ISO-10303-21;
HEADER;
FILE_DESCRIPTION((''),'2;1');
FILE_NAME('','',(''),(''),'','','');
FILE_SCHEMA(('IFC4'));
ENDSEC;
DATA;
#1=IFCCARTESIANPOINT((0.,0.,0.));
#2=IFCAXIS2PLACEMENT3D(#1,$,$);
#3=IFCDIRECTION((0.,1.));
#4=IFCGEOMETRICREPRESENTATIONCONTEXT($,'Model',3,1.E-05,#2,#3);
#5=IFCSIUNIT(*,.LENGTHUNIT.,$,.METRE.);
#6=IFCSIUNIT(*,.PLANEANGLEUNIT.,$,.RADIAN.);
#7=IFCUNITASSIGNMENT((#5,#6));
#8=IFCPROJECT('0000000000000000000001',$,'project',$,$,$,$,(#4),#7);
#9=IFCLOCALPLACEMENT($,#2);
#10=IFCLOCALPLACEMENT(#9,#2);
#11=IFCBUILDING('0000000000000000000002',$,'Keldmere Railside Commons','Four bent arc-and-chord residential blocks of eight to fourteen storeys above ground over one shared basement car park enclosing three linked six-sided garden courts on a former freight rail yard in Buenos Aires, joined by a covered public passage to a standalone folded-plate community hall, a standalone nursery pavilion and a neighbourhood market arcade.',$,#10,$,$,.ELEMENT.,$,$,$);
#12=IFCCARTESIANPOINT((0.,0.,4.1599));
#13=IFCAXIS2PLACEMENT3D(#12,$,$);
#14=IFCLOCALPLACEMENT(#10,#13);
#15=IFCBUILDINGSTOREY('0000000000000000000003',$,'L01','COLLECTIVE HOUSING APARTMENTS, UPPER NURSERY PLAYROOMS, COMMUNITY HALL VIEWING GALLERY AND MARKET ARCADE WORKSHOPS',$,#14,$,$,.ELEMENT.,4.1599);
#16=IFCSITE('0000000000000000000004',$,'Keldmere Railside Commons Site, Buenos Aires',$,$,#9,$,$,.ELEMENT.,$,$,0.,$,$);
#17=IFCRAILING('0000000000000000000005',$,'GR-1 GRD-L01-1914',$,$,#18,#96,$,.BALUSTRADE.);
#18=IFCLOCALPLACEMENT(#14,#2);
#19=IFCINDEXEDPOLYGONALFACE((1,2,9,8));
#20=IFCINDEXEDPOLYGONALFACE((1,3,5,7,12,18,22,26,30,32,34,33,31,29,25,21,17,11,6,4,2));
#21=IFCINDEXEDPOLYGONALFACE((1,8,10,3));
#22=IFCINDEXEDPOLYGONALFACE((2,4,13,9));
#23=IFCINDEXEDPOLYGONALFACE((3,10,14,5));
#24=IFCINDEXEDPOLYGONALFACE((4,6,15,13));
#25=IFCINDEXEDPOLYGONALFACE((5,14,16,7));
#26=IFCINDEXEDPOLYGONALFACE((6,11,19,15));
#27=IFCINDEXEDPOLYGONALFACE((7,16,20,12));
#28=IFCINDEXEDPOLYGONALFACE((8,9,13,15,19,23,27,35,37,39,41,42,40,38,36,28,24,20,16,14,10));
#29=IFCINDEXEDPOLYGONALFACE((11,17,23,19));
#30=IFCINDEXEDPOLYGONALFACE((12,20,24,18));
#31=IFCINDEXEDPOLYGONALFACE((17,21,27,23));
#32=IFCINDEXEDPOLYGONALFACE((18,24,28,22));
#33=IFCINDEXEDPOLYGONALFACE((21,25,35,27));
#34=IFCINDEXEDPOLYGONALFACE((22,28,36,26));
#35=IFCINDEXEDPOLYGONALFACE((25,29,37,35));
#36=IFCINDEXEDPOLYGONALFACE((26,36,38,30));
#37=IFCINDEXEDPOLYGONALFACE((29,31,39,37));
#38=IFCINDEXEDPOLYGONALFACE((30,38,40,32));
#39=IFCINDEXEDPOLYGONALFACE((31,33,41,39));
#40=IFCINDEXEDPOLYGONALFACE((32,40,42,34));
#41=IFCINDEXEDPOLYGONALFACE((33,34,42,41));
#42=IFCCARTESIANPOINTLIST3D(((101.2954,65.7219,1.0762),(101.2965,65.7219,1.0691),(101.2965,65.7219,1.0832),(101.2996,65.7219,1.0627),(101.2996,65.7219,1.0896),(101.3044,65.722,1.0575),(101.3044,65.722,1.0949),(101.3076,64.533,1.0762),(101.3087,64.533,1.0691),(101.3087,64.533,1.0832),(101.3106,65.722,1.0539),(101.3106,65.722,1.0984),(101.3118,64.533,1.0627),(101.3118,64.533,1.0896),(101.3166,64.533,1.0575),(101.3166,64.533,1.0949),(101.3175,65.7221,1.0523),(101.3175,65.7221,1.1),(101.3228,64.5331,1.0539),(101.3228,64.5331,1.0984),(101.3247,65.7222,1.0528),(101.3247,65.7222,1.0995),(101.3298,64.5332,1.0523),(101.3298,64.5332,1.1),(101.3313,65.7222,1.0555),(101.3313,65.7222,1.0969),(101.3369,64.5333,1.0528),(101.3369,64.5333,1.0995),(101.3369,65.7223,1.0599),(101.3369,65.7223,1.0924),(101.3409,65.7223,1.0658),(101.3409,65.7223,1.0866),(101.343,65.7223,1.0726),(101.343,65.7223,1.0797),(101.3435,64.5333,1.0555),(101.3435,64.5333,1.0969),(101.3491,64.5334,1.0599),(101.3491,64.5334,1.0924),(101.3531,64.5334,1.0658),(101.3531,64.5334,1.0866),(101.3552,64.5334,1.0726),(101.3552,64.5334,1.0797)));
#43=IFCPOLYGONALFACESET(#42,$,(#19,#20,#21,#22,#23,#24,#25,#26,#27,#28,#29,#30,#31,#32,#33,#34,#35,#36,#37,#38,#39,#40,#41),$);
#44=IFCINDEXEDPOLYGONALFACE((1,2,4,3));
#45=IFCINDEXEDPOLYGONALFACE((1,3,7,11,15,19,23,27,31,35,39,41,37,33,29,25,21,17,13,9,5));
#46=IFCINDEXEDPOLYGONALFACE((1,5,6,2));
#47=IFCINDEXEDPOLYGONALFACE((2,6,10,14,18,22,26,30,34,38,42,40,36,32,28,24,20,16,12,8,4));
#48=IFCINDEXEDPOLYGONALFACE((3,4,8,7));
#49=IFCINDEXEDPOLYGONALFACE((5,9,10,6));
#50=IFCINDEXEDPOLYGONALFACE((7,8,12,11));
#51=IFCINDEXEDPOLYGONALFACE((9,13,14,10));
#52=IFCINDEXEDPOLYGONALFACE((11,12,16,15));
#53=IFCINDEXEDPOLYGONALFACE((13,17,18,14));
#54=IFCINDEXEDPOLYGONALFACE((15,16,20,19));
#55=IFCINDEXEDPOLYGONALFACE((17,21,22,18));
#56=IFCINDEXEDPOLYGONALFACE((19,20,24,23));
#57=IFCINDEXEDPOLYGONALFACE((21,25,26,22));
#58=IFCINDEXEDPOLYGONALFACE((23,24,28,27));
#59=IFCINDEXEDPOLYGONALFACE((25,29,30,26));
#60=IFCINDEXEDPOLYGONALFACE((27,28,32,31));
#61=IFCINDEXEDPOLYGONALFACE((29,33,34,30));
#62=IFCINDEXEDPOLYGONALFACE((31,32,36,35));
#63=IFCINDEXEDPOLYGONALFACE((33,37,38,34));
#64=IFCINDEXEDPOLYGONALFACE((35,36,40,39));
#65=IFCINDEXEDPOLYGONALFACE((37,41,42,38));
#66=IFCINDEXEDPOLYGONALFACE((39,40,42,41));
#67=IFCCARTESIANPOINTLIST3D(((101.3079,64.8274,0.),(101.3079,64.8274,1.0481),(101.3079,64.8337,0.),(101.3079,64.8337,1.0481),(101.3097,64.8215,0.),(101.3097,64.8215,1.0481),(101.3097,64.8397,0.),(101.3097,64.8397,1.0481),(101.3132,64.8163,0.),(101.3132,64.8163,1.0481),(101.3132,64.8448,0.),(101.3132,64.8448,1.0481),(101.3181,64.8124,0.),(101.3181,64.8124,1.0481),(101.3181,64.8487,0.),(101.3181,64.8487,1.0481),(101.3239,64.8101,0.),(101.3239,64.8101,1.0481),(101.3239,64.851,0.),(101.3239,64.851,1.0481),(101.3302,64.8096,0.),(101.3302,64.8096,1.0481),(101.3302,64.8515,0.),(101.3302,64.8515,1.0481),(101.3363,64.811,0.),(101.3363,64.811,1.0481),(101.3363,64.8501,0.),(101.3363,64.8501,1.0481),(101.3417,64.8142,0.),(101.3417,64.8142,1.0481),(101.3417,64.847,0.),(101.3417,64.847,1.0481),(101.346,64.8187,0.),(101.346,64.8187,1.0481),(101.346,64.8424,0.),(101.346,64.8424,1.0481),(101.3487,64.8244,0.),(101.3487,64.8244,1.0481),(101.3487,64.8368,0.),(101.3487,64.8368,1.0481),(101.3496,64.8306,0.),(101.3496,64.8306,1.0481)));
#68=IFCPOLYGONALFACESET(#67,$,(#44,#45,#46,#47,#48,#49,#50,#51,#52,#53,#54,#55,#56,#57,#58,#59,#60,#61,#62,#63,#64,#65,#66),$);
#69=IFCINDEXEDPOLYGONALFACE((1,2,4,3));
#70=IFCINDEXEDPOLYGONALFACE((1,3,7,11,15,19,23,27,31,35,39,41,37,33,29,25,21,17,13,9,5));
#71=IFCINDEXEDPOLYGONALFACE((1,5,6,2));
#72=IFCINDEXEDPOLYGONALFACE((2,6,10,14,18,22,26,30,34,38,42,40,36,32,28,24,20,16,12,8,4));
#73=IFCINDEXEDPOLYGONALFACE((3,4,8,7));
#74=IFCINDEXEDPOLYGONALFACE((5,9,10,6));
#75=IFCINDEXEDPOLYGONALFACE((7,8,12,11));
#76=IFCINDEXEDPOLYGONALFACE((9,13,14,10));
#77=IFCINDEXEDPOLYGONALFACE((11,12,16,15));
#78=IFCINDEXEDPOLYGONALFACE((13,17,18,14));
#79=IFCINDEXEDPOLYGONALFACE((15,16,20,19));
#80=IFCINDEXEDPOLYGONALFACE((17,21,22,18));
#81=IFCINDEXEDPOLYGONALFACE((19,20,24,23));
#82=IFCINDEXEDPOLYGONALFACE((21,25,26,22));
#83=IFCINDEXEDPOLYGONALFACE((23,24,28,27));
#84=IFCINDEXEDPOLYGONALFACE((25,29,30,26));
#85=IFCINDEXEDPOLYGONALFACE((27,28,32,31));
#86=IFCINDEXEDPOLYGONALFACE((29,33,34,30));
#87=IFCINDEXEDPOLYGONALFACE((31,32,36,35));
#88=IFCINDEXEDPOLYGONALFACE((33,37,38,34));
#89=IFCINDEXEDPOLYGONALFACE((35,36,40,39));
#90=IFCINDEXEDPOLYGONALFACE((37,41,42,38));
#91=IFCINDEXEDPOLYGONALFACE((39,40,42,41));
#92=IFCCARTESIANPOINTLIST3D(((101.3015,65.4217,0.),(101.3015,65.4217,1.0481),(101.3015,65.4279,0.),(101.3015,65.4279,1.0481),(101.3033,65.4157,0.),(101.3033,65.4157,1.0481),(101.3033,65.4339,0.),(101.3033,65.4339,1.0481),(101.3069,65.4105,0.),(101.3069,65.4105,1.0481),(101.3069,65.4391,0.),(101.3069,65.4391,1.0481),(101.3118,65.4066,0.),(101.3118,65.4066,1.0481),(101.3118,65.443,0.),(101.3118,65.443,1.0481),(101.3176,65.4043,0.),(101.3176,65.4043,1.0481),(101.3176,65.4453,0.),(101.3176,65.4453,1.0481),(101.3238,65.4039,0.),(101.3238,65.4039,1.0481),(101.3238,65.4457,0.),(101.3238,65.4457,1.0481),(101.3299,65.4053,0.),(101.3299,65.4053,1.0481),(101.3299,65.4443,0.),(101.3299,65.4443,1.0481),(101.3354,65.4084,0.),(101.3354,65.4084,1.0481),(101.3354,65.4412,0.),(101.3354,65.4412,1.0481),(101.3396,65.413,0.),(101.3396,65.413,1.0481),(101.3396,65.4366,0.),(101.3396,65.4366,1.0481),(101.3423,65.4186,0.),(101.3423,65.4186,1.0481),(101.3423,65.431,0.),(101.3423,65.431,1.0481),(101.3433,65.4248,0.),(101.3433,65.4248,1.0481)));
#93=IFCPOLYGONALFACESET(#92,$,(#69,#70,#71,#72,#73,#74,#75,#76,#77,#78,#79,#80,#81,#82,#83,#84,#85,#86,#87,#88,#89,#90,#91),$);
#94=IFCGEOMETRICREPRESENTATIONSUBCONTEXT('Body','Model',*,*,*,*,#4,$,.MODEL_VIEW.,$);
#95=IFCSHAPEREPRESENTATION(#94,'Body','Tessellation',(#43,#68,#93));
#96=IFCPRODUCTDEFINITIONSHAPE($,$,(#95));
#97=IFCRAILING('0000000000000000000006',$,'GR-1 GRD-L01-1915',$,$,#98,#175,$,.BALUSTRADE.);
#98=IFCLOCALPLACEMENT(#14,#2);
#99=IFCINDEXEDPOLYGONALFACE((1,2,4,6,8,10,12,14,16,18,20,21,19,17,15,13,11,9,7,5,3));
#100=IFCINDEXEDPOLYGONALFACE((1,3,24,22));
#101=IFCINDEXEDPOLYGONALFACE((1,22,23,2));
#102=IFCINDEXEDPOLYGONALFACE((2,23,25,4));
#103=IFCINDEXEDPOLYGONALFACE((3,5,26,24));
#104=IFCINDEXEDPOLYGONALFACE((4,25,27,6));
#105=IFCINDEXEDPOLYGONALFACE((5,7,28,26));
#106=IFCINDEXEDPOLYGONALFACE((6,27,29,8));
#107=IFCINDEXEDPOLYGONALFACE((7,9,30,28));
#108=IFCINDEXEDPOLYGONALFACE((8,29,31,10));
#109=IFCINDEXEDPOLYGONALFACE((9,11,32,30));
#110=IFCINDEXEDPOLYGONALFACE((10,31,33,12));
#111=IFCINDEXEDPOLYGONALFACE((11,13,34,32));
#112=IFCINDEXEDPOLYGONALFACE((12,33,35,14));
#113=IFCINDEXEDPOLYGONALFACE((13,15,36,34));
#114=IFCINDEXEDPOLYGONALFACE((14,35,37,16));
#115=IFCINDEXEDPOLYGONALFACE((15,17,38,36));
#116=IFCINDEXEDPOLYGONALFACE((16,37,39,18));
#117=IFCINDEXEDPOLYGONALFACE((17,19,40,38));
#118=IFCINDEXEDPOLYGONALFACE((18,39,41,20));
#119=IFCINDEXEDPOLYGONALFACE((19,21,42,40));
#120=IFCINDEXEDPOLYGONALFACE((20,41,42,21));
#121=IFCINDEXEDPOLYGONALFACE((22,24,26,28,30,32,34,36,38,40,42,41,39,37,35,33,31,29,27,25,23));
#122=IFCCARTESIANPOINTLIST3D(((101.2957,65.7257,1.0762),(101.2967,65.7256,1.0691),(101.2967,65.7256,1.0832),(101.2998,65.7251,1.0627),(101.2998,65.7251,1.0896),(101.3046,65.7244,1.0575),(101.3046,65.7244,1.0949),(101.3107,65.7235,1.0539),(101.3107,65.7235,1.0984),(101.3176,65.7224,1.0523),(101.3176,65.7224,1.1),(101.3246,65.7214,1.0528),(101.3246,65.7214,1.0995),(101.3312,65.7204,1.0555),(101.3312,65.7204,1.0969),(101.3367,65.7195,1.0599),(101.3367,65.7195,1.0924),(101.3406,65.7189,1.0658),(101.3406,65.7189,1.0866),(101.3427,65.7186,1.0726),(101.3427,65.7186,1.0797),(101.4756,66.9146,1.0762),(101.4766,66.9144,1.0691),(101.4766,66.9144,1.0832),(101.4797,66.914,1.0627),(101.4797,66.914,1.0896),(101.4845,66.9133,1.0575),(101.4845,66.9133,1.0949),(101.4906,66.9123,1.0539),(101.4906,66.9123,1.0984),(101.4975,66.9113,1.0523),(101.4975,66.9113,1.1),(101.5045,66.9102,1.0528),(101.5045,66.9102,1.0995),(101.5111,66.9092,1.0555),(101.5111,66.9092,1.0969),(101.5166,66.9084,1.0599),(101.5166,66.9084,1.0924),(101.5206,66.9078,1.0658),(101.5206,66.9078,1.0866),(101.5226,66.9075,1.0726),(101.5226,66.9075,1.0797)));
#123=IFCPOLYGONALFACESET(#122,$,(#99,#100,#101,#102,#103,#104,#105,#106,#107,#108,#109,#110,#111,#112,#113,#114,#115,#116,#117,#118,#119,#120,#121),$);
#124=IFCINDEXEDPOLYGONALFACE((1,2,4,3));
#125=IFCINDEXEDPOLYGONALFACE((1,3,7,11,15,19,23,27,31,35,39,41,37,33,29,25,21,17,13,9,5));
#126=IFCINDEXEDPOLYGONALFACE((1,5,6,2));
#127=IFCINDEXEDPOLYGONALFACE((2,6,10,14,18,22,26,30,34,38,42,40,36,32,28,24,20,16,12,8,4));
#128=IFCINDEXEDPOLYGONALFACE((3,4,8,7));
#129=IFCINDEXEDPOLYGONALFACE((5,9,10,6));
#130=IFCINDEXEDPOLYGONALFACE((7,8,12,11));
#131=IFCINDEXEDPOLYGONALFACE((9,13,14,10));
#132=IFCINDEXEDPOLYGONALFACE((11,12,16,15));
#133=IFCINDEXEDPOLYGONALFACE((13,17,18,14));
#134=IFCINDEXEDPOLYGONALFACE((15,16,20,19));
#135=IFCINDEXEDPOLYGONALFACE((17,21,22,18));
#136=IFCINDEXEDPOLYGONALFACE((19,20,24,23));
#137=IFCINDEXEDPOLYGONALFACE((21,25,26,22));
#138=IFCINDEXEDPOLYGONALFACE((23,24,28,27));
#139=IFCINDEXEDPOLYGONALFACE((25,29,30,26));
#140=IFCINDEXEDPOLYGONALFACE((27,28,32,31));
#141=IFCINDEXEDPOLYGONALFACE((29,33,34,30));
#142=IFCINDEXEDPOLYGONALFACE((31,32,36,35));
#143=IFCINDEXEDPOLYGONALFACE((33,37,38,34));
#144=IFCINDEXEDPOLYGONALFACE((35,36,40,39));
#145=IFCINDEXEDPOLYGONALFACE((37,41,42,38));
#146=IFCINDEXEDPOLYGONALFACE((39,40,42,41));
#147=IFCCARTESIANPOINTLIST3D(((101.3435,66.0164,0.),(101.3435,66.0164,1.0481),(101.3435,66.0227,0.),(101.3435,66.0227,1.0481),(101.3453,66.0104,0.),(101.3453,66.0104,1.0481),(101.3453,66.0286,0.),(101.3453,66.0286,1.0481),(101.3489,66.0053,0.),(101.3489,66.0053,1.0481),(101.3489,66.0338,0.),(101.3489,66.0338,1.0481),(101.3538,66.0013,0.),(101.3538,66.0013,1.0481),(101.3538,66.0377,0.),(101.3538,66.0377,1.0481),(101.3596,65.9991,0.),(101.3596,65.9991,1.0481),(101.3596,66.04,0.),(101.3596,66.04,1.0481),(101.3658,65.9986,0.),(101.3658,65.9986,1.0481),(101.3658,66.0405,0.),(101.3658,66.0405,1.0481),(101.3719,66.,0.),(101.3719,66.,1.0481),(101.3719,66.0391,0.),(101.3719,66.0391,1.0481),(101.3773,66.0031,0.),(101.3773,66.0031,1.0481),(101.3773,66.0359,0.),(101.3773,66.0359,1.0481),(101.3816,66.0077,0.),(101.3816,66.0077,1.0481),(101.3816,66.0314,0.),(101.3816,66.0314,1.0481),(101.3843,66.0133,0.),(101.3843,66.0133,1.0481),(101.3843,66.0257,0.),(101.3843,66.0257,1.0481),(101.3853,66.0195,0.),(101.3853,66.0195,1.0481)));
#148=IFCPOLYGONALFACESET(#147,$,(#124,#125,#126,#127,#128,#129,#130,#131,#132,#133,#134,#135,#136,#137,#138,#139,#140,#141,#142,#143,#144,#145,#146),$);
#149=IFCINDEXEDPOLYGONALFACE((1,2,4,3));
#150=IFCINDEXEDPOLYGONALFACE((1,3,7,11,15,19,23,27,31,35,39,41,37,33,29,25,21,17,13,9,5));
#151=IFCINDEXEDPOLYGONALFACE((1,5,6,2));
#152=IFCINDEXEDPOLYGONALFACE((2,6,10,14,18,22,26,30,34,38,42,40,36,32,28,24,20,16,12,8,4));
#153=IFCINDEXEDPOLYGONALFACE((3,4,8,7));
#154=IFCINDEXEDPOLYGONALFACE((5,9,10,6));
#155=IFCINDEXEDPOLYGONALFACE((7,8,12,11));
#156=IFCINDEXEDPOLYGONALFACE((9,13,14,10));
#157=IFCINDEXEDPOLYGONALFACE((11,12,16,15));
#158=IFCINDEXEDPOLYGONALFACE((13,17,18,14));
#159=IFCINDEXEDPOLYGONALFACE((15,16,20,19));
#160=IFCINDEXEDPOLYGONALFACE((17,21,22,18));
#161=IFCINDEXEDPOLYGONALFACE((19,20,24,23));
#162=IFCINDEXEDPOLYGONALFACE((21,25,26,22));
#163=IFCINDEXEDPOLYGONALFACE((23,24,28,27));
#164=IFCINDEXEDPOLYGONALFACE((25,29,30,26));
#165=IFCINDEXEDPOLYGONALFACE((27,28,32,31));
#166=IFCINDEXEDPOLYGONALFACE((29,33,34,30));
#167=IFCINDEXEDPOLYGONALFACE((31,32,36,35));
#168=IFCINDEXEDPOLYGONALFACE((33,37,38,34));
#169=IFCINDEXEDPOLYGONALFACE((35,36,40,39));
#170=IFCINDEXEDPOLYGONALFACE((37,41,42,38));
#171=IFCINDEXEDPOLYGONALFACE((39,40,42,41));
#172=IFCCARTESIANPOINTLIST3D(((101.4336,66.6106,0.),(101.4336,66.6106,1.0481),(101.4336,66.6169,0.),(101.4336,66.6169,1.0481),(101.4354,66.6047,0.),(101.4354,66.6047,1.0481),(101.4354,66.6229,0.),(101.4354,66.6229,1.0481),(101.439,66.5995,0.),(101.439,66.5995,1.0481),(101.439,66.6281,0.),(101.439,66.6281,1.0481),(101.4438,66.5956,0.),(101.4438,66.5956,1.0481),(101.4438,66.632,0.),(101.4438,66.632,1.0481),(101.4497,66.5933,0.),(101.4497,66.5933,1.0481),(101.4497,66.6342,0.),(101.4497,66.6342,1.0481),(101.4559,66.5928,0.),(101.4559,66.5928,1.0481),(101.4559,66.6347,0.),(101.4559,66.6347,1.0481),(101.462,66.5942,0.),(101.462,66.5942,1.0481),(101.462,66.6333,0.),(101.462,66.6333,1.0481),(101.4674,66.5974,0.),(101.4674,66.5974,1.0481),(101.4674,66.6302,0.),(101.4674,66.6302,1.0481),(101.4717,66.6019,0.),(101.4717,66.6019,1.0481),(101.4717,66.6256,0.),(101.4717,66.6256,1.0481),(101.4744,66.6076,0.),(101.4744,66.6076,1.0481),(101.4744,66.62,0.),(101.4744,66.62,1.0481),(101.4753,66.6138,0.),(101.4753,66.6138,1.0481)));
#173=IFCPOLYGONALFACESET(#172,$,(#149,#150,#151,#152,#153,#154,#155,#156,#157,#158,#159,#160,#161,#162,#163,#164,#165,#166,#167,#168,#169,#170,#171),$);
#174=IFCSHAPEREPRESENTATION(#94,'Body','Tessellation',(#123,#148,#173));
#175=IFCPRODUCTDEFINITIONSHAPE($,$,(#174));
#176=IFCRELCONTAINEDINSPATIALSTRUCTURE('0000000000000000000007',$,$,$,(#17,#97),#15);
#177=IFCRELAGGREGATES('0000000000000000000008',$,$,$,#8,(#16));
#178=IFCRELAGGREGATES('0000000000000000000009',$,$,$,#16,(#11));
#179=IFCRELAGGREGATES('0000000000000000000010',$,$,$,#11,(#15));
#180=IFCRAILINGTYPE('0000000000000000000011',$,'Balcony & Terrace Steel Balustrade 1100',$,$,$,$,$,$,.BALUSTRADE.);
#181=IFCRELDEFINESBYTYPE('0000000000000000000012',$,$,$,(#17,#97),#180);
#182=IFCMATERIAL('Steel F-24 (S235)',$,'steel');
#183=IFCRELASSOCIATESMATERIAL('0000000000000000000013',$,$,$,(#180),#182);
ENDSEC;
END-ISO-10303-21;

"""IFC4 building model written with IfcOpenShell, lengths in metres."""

from ifc_helpers import new_model, si_unit, direction, frame, origin, origin_2d, place, context, subcontext, project, spatial, circle, extrude, material, type_object, element, save


model = new_model("IFC4")

# Units and contexts
model_context = context("Model", 3, precision=1e-05, world=origin(), true_north=direction((0.0, 1.0)))
body_context = subcontext(model_context, "Body", "Model", "MODEL_VIEW")
ifc_project = project(units=[si_unit("LENGTHUNIT", "METRE"), si_unit("PLANEANGLEUNIT", "RADIAN")], contexts=[model_context])

# Site, building, storey
site_placement = place(None, origin())
site = spatial("IfcSite", under=ifc_project, at=site_placement, Name="Keldmere Railside Commons Site, Buenos Aires", CompositionType="ELEMENT", RefElevation=0.0)
building_placement = place(site_placement, origin())
building = spatial("IfcBuilding", under=site, at=building_placement, Name="Keldmere Railside Commons", Description="Four bent arc-and-chord residential blocks of eight to fourteen storeys above ground over one shared basement car park enclosing three linked six-sided garden courts on a former freight rail yard in Buenos Aires, joined by a covered public passage to a standalone folded-plate community hall, a standalone nursery pavilion and a neighbourhood market arcade.", CompositionType="ELEMENT")
storey_placement = place(building_placement, frame((0.0, 0.0, 4.1599)))
storey = spatial("IfcBuildingStorey", under=building, at=storey_placement, Name="L01", Description="COLLECTIVE HOUSING APARTMENTS, UPPER NURSERY PLAYROOMS, COMMUNITY HALL VIEWING GALLERY AND MARKET ARCADE WORKSHOPS", CompositionType="ELEMENT", Elevation=4.1599)

# Railings
ifc_material_1 = material(Name="Steel F-24 (S235)", Category="steel")
railing_type_1 = type_object("IfcRailingType", Name="Balcony & Terrace Steel Balustrade 1100", PredefinedType="BALUSTRADE", material=ifc_material_1)
railing_1_placement = place(storey_placement, frame((101.3315, 64.5332, 0.0)))
element("IfcRailing", 1, at=railing_1_placement, inside=storey, type_object=railing_type_1, Name="GR-1 GRD-L01-1914", PredefinedType="BALUSTRADE", context=body_context, shape_type="SweptSolid", body=[
    extrude(circle(Radius=0.0239, at=origin_2d()), frame((0.0, 0.0, 1.0762), z_axis=(-0.010266, 0.999947, 0.0), x_axis=(-0.999947, -0.010266, 0.0)), (0.0, 0.0, 1.0), 1.189),
    extrude(circle(Radius=0.021, at=origin_2d()), frame((-0.0029, 0.2974, 0.0)), (0.0, 0.0, 1.0), 1.0481),
    extrude(circle(Radius=0.021, at=origin_2d()), frame((-0.0093, 0.8916, 0.0)), (0.0, 0.0, 1.0), 1.0481),
])
railing_2_placement = place(storey_placement, frame((101.3193, 65.7222, 0.0)))
element("IfcRailing", 2, at=railing_2_placement, inside=storey, type_object=railing_type_1, Name="GR-1 GRD-L01-1915", PredefinedType="BALUSTRADE", context=body_context, shape_type="SweptSolid", body=[
    extrude(circle(Radius=0.0239, at=origin_2d()), frame((0.0, 0.0, 1.0762), z_axis=(0.149631, 0.988742, 0.0), x_axis=(-0.988742, 0.149631, 0.0)), (0.0, 0.0, 1.0), 1.2024),
    extrude(circle(Radius=0.021, at=origin_2d()), frame((0.0449, 0.2974, 0.0)), (0.0, 0.0, 1.0), 1.0481),
    extrude(circle(Radius=0.021, at=origin_2d()), frame((0.135, 0.8916, 0.0)), (0.0, 0.0, 1.0), 1.0481),
])

save(model, "model.ifc")
